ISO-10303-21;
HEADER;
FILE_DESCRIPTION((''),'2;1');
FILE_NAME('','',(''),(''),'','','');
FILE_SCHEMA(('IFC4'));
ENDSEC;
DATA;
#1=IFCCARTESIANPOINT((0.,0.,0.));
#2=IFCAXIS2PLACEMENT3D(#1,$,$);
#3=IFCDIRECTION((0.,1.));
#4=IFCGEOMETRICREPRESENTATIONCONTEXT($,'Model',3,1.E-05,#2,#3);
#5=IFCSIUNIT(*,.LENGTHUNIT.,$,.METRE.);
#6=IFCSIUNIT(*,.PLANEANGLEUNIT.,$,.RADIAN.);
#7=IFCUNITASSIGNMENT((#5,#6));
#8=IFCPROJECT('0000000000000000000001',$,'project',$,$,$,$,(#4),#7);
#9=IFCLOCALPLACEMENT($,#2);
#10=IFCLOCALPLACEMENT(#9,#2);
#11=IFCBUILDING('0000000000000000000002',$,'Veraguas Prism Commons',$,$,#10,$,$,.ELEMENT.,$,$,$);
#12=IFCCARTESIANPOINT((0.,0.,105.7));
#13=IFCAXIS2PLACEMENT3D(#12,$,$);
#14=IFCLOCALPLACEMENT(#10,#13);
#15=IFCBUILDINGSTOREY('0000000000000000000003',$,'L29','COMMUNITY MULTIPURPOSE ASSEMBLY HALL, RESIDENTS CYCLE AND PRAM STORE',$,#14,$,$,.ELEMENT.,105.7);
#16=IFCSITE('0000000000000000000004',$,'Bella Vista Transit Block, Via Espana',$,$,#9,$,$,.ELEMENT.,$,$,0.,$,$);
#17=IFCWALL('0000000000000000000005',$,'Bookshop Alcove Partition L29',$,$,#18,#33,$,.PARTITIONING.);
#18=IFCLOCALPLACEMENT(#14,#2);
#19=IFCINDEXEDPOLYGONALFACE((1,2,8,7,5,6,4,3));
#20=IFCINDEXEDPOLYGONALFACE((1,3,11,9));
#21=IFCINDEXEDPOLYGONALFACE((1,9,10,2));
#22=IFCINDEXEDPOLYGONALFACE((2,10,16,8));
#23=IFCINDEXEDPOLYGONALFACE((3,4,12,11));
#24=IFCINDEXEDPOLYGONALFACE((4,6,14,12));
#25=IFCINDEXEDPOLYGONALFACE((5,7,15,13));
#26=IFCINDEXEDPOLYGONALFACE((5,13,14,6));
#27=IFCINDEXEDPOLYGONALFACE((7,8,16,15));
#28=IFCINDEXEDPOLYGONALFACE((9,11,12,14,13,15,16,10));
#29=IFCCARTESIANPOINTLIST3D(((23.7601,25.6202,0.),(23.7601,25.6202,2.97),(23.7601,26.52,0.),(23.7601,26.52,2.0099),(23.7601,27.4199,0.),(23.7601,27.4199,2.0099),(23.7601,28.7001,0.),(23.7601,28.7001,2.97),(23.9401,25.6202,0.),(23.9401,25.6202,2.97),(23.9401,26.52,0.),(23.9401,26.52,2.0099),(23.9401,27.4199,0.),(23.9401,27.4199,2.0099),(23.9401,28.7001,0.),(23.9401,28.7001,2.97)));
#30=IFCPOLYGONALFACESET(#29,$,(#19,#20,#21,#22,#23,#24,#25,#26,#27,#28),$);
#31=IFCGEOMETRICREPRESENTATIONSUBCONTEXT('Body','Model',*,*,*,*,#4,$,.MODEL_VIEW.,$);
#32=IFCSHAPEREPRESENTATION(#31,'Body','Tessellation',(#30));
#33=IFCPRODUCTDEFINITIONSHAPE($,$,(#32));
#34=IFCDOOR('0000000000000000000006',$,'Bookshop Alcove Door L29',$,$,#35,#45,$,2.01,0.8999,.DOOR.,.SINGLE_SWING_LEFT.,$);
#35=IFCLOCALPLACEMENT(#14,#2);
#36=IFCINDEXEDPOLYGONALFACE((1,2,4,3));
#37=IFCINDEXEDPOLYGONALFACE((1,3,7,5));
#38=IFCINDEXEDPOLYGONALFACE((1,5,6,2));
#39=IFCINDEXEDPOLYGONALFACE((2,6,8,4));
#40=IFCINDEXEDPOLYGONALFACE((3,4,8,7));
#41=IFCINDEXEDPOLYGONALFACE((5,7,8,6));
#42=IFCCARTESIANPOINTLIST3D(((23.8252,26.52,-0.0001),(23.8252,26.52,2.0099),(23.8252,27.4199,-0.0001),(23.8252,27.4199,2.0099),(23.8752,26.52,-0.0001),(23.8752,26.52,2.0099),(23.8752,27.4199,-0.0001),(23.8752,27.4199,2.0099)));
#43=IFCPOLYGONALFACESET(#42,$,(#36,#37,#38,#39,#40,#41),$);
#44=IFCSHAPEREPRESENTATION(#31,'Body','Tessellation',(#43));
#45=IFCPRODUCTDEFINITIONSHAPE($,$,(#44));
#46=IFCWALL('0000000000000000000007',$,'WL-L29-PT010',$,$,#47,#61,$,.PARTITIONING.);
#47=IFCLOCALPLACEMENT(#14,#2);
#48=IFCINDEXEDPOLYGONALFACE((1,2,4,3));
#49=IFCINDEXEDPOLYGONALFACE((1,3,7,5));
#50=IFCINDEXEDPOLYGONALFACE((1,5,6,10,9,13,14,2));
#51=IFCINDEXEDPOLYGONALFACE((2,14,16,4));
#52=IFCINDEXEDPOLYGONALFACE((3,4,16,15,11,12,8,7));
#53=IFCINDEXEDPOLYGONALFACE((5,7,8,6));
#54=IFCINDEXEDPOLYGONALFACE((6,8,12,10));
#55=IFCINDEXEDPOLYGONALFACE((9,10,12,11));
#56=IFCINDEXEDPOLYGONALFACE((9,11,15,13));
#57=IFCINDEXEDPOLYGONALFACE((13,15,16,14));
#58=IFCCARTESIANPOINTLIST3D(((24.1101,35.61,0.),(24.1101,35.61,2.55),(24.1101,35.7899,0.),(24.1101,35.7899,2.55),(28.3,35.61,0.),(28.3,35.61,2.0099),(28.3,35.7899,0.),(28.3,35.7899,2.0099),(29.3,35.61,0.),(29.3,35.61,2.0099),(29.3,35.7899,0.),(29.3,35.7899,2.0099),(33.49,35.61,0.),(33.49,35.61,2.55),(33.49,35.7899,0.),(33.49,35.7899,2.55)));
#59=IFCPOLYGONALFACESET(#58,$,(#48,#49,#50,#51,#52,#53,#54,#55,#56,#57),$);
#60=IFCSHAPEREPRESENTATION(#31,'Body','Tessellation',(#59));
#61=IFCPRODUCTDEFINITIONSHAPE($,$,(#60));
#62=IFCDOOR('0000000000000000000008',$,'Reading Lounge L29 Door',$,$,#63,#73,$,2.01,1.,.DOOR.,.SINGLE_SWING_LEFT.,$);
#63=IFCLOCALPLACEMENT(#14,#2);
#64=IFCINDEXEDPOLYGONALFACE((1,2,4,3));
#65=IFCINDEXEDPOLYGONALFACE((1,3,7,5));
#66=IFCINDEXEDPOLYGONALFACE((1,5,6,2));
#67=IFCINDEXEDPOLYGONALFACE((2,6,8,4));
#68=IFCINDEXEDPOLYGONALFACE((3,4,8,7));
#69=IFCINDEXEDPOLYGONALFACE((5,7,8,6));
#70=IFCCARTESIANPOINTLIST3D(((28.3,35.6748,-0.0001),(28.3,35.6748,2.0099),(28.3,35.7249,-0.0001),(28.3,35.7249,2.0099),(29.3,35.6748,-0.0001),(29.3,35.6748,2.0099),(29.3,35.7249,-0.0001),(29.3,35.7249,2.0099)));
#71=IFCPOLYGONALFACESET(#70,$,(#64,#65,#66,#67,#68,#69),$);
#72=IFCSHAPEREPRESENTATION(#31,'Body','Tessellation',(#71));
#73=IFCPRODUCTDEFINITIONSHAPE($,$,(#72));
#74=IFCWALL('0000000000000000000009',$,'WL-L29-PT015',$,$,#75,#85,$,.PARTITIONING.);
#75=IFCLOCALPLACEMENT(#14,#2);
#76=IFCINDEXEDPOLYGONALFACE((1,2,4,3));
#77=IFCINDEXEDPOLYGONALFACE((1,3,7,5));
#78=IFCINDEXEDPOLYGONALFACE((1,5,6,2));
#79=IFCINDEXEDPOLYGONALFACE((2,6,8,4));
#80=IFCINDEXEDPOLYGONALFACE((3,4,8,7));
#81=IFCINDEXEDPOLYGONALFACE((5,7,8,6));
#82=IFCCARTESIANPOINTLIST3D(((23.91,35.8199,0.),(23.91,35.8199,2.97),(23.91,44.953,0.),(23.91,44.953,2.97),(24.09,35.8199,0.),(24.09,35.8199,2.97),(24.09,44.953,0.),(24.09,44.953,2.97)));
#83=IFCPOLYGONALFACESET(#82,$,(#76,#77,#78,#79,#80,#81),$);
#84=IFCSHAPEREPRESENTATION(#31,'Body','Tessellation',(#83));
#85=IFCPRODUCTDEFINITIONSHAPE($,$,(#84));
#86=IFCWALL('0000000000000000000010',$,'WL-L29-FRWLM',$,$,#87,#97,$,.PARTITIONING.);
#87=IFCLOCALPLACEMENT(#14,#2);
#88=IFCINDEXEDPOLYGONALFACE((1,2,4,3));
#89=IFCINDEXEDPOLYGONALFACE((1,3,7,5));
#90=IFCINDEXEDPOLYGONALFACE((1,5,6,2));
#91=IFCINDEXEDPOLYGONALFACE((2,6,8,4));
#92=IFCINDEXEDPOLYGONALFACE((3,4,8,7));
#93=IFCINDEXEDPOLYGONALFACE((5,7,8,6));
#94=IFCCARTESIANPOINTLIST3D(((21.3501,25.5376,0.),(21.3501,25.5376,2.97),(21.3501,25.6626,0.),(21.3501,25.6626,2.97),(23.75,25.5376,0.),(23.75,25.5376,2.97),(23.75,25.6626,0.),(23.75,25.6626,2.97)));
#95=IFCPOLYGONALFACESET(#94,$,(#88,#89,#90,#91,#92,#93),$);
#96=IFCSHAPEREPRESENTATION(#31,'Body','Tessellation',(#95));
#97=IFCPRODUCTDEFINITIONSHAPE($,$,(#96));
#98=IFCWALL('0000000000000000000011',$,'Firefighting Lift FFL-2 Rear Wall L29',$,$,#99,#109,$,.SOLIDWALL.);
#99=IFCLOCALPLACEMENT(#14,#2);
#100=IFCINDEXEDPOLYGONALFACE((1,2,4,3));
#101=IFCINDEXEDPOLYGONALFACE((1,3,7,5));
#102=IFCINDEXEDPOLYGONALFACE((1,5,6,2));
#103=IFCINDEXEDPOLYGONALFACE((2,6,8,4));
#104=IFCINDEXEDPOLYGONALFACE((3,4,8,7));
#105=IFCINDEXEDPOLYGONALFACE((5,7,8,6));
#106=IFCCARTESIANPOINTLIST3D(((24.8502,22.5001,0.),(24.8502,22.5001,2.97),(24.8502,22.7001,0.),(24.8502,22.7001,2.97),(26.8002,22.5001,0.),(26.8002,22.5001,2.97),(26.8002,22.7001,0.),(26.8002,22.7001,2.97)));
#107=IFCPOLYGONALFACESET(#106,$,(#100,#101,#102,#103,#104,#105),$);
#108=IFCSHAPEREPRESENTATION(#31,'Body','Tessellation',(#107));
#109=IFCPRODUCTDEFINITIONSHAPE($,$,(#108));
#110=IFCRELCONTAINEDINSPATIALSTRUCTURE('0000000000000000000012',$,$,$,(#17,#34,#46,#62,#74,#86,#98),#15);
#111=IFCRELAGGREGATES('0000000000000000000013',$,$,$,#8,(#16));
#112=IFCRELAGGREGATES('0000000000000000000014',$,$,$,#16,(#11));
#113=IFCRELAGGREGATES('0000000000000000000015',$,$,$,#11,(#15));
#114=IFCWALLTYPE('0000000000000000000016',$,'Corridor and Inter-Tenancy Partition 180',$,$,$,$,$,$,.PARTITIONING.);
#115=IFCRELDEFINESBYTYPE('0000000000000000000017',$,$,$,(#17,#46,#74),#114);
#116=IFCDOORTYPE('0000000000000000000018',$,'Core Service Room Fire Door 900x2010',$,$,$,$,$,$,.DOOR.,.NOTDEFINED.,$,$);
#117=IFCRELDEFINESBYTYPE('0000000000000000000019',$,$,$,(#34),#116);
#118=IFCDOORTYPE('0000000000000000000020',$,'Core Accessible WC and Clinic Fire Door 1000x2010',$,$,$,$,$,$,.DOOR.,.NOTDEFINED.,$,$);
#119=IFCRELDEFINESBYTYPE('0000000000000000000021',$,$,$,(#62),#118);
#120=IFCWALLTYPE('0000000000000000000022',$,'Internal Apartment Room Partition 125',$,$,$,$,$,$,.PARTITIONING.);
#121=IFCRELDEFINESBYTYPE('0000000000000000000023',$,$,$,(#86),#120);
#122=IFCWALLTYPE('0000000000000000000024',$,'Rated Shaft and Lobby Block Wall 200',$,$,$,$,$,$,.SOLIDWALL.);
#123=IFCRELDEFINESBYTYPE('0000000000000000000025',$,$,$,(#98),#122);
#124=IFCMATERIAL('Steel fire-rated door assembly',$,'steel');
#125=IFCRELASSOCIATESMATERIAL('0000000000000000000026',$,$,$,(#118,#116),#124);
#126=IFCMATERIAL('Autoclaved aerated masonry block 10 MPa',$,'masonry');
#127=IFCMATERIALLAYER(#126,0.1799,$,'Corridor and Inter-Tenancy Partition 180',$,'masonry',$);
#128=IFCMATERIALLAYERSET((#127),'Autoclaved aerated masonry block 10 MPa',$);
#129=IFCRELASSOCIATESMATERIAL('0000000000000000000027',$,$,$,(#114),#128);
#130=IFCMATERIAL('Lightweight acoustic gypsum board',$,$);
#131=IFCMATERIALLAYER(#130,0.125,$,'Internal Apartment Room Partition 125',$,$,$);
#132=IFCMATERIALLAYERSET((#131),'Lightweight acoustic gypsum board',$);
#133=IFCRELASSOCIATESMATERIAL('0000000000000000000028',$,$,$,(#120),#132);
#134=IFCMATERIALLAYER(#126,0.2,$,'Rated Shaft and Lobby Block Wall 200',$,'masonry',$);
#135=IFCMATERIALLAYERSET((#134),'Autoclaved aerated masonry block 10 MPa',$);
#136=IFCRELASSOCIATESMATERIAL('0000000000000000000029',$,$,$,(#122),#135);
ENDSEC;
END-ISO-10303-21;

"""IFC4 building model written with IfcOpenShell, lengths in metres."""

from ifc_helpers import new_model, si_unit, direction, frame, frame_2d, origin, place, context, subcontext, project, spatial, rectangle, extrude, source, transform, mapped, material, layer, layer_set, type_object, element, fill, save


model = new_model("IFC4")

# Units and contexts
model_context = context("Model", 3, precision=1e-05, world=origin(), true_north=direction((0.0, 1.0)))
body_context = subcontext(model_context, "Body", "Model", "MODEL_VIEW")
ifc_project = project(units=[si_unit("LENGTHUNIT", "METRE"), si_unit("PLANEANGLEUNIT", "RADIAN")], contexts=[model_context])

# Site, building, storey
site_placement = place(None, origin())
site = spatial("IfcSite", under=ifc_project, at=site_placement, Name="Bella Vista Transit Block, Via Espana", CompositionType="ELEMENT", RefElevation=0.0)
building_placement = place(site_placement, origin())
building = spatial("IfcBuilding", under=site, at=building_placement, Name="Veraguas Prism Commons", CompositionType="ELEMENT")
storey_placement = place(building_placement, frame((0.0, 0.0, 105.7)))
storey = spatial("IfcBuildingStorey", under=building, at=storey_placement, Name="L29", Description="COMMUNITY MULTIPURPOSE ASSEMBLY HALL, RESIDENTS CYCLE AND PRAM STORE", CompositionType="ELEMENT", Elevation=105.7)

# Walls, openings, doors
ifc_material_1 = material(Name="Steel fire-rated door assembly", Category="steel")
door_type_1 = type_object("IfcDoorType", Name="Core Accessible WC and Clinic Fire Door 1000x2010", OperationType="NOTDEFINED", PredefinedType="DOOR", material=ifc_material_1)
shared_shape_1 = source(origin(), body_context, "Body", "SweptSolid", [
    extrude(rectangle(XDim=1.0, YDim=2.01, at=frame_2d((0.5, 1.0049))), frame((0.0, 0.0249, 0.0), z_axis=(0.0, -1.0, 0.0), x_axis=(1.0, 0.0, 0.0)), (0.0, 0.0, 1.0), 0.05),
])
ifc_material_2 = material(Name="Autoclaved aerated masonry block 10 MPa", Category="masonry")
ifc_layer_1 = layer(ifc_material_2, 0.1799, Name="Corridor and Inter-Tenancy Partition 180", Category="masonry")
ifc_layer_set_1 = layer_set([ifc_layer_1], Name="Autoclaved aerated masonry block 10 MPa")
wall_type_1 = type_object("IfcWallType", Name="Corridor and Inter-Tenancy Partition 180", PredefinedType="PARTITIONING", material=ifc_layer_set_1)
door_type_2 = type_object("IfcDoorType", Name="Core Service Room Fire Door 900x2010", OperationType="NOTDEFINED", PredefinedType="DOOR", material=ifc_material_1)
shared_shape_2 = source(origin(), body_context, "Body", "SweptSolid", [
    extrude(rectangle(XDim=0.8999, YDim=2.01, at=frame_2d((0.45, 1.0049))), frame((0.0, 0.0249, 0.0), z_axis=(0.0, -1.0, 0.0), x_axis=(1.0, 0.0, 0.0)), (0.0, 0.0, 1.0), 0.05),
])
wall_1_placement = place(storey_placement, frame((23.8501, 25.6201, 0.0), z_axis=(0.0, 0.0, 1.0), x_axis=(0.0, 1.0, 0.0)))
wall_1 = element("IfcWall", 1, at=wall_1_placement, inside=storey, type_object=wall_type_1, Name="Bookshop Alcove Partition L29", PredefinedType="PARTITIONING", context=body_context, shape_type="SweptSolid", body=[
    extrude(rectangle(XDim=3.0798, YDim=0.1799, at=frame_2d((1.54, 0.0))), origin(), (0.0, 0.0, 1.0), 2.97),
])
opening_1_placement = place(wall_1_placement, frame((0.8999, 0.0, 0.0)))
opening_1 = element("IfcOpeningElement", 2, at=opening_1_placement, cuts=wall_1, PredefinedType="OPENING", context=body_context, shape_type="SweptSolid", body=[
    extrude(rectangle(XDim=0.8999, YDim=2.01, at=frame_2d((0.45, 1.0049))), frame((0.0, 0.0999, 0.0), z_axis=(0.0, -1.0, 0.0), x_axis=(1.0, 0.0, 0.0)), (0.0, 0.0, 1.0), 0.2),
])
door_1_placement = place(opening_1_placement, origin())
door_1 = element("IfcDoor", 3, at=door_1_placement, inside=storey, type_object=door_type_2, Name="Bookshop Alcove Door L29", OperationType="SINGLE_SWING_LEFT", OverallHeight=2.01, OverallWidth=0.8999, PredefinedType="DOOR", context=body_context, shape_type="MappedRepresentation", body=[
    mapped(shared_shape_2, transform((0.0, 0.0, 0.0), scale=1.0)),
])
fill(opening_1, door_1)
wall_2_placement = place(storey_placement, frame((24.1101, 35.7, 0.0), z_axis=(0.0, 0.0, 1.0), x_axis=(1.0, 0.0, 0.0)))
wall_2 = element("IfcWall", 4, at=wall_2_placement, inside=storey, type_object=wall_type_1, Name="WL-L29-PT010", PredefinedType="PARTITIONING", context=body_context, shape_type="SweptSolid", body=[
    extrude(rectangle(XDim=9.3799, YDim=0.1799, at=frame_2d((4.6899, 0.0))), origin(), (0.0, 0.0, 1.0), 2.55),
])
opening_2_placement = place(wall_2_placement, frame((4.1899, 0.0, 0.0)))
opening_2 = element("IfcOpeningElement", 5, at=opening_2_placement, cuts=wall_2, PredefinedType="OPENING", context=body_context, shape_type="SweptSolid", body=[
    extrude(rectangle(XDim=1.0, YDim=2.01, at=frame_2d((0.5, 1.0049))), frame((0.0, 0.0999, 0.0), z_axis=(0.0, -1.0, 0.0), x_axis=(1.0, 0.0, 0.0)), (0.0, 0.0, 1.0), 0.2),
])
door_2_placement = place(opening_2_placement, origin())
door_2 = element("IfcDoor", 6, at=door_2_placement, inside=storey, type_object=door_type_1, Name="Reading Lounge L29 Door", OperationType="SINGLE_SWING_LEFT", OverallHeight=2.01, OverallWidth=1.0, PredefinedType="DOOR", context=body_context, shape_type="MappedRepresentation", body=[
    mapped(shared_shape_1, transform((0.0, 0.0, 0.0), scale=1.0)),
])
fill(opening_2, door_2)

# Walls
wall_3_placement = place(storey_placement, frame((24.0, 35.8201, 0.0), z_axis=(0.0, 0.0, 1.0), x_axis=(0.0, 1.0, 0.0)))
element("IfcWall", 7, at=wall_3_placement, inside=storey, type_object=wall_type_1, Name="WL-L29-PT015", PredefinedType="PARTITIONING", context=body_context, shape_type="SweptSolid", body=[
    extrude(rectangle(XDim=9.1331, YDim=0.1799, at=frame_2d((4.5664, 0.0))), origin(), (0.0, 0.0, 1.0), 2.97),
])
ifc_material_3 = material(Name="Lightweight acoustic gypsum board")
ifc_layer_2 = layer(ifc_material_3, 0.125, Name="Internal Apartment Room Partition 125")
ifc_layer_set_2 = layer_set([ifc_layer_2], Name="Lightweight acoustic gypsum board")
wall_type_2 = type_object("IfcWallType", Name="Internal Apartment Room Partition 125", PredefinedType="PARTITIONING", material=ifc_layer_set_2)
wall_4_placement = place(storey_placement, frame((21.3501, 25.6001, 0.0), z_axis=(0.0, 0.0, 1.0), x_axis=(1.0, 0.0, 0.0)))
element("IfcWall", 8, at=wall_4_placement, inside=storey, type_object=wall_type_2, Name="WL-L29-FRWLM", PredefinedType="PARTITIONING", context=body_context, shape_type="SweptSolid", body=[
    extrude(rectangle(XDim=2.3999, YDim=0.125, at=frame_2d((1.2, 0.0))), origin(), (0.0, 0.0, 1.0), 2.97),
])
ifc_layer_3 = layer(ifc_material_2, 0.2, Name="Rated Shaft and Lobby Block Wall 200", Category="masonry")
ifc_layer_set_3 = layer_set([ifc_layer_3], Name="Autoclaved aerated masonry block 10 MPa")
wall_type_3 = type_object("IfcWallType", Name="Rated Shaft and Lobby Block Wall 200", PredefinedType="SOLIDWALL", material=ifc_layer_set_3)
wall_5_placement = place(storey_placement, frame((24.8501, 22.6001, 0.0), z_axis=(0.0, 0.0, 1.0), x_axis=(1.0, 0.0, 0.0)))
element("IfcWall", 9, at=wall_5_placement, inside=storey, type_object=wall_type_3, Name="Firefighting Lift FFL-2 Rear Wall L29", PredefinedType="SOLIDWALL", context=body_context, shape_type="SweptSolid", body=[
    extrude(rectangle(XDim=1.95, YDim=0.2, at=frame_2d((0.9751, 0.0))), origin(), (0.0, 0.0, 1.0), 2.97),
])

save(model, "model.ifc")
